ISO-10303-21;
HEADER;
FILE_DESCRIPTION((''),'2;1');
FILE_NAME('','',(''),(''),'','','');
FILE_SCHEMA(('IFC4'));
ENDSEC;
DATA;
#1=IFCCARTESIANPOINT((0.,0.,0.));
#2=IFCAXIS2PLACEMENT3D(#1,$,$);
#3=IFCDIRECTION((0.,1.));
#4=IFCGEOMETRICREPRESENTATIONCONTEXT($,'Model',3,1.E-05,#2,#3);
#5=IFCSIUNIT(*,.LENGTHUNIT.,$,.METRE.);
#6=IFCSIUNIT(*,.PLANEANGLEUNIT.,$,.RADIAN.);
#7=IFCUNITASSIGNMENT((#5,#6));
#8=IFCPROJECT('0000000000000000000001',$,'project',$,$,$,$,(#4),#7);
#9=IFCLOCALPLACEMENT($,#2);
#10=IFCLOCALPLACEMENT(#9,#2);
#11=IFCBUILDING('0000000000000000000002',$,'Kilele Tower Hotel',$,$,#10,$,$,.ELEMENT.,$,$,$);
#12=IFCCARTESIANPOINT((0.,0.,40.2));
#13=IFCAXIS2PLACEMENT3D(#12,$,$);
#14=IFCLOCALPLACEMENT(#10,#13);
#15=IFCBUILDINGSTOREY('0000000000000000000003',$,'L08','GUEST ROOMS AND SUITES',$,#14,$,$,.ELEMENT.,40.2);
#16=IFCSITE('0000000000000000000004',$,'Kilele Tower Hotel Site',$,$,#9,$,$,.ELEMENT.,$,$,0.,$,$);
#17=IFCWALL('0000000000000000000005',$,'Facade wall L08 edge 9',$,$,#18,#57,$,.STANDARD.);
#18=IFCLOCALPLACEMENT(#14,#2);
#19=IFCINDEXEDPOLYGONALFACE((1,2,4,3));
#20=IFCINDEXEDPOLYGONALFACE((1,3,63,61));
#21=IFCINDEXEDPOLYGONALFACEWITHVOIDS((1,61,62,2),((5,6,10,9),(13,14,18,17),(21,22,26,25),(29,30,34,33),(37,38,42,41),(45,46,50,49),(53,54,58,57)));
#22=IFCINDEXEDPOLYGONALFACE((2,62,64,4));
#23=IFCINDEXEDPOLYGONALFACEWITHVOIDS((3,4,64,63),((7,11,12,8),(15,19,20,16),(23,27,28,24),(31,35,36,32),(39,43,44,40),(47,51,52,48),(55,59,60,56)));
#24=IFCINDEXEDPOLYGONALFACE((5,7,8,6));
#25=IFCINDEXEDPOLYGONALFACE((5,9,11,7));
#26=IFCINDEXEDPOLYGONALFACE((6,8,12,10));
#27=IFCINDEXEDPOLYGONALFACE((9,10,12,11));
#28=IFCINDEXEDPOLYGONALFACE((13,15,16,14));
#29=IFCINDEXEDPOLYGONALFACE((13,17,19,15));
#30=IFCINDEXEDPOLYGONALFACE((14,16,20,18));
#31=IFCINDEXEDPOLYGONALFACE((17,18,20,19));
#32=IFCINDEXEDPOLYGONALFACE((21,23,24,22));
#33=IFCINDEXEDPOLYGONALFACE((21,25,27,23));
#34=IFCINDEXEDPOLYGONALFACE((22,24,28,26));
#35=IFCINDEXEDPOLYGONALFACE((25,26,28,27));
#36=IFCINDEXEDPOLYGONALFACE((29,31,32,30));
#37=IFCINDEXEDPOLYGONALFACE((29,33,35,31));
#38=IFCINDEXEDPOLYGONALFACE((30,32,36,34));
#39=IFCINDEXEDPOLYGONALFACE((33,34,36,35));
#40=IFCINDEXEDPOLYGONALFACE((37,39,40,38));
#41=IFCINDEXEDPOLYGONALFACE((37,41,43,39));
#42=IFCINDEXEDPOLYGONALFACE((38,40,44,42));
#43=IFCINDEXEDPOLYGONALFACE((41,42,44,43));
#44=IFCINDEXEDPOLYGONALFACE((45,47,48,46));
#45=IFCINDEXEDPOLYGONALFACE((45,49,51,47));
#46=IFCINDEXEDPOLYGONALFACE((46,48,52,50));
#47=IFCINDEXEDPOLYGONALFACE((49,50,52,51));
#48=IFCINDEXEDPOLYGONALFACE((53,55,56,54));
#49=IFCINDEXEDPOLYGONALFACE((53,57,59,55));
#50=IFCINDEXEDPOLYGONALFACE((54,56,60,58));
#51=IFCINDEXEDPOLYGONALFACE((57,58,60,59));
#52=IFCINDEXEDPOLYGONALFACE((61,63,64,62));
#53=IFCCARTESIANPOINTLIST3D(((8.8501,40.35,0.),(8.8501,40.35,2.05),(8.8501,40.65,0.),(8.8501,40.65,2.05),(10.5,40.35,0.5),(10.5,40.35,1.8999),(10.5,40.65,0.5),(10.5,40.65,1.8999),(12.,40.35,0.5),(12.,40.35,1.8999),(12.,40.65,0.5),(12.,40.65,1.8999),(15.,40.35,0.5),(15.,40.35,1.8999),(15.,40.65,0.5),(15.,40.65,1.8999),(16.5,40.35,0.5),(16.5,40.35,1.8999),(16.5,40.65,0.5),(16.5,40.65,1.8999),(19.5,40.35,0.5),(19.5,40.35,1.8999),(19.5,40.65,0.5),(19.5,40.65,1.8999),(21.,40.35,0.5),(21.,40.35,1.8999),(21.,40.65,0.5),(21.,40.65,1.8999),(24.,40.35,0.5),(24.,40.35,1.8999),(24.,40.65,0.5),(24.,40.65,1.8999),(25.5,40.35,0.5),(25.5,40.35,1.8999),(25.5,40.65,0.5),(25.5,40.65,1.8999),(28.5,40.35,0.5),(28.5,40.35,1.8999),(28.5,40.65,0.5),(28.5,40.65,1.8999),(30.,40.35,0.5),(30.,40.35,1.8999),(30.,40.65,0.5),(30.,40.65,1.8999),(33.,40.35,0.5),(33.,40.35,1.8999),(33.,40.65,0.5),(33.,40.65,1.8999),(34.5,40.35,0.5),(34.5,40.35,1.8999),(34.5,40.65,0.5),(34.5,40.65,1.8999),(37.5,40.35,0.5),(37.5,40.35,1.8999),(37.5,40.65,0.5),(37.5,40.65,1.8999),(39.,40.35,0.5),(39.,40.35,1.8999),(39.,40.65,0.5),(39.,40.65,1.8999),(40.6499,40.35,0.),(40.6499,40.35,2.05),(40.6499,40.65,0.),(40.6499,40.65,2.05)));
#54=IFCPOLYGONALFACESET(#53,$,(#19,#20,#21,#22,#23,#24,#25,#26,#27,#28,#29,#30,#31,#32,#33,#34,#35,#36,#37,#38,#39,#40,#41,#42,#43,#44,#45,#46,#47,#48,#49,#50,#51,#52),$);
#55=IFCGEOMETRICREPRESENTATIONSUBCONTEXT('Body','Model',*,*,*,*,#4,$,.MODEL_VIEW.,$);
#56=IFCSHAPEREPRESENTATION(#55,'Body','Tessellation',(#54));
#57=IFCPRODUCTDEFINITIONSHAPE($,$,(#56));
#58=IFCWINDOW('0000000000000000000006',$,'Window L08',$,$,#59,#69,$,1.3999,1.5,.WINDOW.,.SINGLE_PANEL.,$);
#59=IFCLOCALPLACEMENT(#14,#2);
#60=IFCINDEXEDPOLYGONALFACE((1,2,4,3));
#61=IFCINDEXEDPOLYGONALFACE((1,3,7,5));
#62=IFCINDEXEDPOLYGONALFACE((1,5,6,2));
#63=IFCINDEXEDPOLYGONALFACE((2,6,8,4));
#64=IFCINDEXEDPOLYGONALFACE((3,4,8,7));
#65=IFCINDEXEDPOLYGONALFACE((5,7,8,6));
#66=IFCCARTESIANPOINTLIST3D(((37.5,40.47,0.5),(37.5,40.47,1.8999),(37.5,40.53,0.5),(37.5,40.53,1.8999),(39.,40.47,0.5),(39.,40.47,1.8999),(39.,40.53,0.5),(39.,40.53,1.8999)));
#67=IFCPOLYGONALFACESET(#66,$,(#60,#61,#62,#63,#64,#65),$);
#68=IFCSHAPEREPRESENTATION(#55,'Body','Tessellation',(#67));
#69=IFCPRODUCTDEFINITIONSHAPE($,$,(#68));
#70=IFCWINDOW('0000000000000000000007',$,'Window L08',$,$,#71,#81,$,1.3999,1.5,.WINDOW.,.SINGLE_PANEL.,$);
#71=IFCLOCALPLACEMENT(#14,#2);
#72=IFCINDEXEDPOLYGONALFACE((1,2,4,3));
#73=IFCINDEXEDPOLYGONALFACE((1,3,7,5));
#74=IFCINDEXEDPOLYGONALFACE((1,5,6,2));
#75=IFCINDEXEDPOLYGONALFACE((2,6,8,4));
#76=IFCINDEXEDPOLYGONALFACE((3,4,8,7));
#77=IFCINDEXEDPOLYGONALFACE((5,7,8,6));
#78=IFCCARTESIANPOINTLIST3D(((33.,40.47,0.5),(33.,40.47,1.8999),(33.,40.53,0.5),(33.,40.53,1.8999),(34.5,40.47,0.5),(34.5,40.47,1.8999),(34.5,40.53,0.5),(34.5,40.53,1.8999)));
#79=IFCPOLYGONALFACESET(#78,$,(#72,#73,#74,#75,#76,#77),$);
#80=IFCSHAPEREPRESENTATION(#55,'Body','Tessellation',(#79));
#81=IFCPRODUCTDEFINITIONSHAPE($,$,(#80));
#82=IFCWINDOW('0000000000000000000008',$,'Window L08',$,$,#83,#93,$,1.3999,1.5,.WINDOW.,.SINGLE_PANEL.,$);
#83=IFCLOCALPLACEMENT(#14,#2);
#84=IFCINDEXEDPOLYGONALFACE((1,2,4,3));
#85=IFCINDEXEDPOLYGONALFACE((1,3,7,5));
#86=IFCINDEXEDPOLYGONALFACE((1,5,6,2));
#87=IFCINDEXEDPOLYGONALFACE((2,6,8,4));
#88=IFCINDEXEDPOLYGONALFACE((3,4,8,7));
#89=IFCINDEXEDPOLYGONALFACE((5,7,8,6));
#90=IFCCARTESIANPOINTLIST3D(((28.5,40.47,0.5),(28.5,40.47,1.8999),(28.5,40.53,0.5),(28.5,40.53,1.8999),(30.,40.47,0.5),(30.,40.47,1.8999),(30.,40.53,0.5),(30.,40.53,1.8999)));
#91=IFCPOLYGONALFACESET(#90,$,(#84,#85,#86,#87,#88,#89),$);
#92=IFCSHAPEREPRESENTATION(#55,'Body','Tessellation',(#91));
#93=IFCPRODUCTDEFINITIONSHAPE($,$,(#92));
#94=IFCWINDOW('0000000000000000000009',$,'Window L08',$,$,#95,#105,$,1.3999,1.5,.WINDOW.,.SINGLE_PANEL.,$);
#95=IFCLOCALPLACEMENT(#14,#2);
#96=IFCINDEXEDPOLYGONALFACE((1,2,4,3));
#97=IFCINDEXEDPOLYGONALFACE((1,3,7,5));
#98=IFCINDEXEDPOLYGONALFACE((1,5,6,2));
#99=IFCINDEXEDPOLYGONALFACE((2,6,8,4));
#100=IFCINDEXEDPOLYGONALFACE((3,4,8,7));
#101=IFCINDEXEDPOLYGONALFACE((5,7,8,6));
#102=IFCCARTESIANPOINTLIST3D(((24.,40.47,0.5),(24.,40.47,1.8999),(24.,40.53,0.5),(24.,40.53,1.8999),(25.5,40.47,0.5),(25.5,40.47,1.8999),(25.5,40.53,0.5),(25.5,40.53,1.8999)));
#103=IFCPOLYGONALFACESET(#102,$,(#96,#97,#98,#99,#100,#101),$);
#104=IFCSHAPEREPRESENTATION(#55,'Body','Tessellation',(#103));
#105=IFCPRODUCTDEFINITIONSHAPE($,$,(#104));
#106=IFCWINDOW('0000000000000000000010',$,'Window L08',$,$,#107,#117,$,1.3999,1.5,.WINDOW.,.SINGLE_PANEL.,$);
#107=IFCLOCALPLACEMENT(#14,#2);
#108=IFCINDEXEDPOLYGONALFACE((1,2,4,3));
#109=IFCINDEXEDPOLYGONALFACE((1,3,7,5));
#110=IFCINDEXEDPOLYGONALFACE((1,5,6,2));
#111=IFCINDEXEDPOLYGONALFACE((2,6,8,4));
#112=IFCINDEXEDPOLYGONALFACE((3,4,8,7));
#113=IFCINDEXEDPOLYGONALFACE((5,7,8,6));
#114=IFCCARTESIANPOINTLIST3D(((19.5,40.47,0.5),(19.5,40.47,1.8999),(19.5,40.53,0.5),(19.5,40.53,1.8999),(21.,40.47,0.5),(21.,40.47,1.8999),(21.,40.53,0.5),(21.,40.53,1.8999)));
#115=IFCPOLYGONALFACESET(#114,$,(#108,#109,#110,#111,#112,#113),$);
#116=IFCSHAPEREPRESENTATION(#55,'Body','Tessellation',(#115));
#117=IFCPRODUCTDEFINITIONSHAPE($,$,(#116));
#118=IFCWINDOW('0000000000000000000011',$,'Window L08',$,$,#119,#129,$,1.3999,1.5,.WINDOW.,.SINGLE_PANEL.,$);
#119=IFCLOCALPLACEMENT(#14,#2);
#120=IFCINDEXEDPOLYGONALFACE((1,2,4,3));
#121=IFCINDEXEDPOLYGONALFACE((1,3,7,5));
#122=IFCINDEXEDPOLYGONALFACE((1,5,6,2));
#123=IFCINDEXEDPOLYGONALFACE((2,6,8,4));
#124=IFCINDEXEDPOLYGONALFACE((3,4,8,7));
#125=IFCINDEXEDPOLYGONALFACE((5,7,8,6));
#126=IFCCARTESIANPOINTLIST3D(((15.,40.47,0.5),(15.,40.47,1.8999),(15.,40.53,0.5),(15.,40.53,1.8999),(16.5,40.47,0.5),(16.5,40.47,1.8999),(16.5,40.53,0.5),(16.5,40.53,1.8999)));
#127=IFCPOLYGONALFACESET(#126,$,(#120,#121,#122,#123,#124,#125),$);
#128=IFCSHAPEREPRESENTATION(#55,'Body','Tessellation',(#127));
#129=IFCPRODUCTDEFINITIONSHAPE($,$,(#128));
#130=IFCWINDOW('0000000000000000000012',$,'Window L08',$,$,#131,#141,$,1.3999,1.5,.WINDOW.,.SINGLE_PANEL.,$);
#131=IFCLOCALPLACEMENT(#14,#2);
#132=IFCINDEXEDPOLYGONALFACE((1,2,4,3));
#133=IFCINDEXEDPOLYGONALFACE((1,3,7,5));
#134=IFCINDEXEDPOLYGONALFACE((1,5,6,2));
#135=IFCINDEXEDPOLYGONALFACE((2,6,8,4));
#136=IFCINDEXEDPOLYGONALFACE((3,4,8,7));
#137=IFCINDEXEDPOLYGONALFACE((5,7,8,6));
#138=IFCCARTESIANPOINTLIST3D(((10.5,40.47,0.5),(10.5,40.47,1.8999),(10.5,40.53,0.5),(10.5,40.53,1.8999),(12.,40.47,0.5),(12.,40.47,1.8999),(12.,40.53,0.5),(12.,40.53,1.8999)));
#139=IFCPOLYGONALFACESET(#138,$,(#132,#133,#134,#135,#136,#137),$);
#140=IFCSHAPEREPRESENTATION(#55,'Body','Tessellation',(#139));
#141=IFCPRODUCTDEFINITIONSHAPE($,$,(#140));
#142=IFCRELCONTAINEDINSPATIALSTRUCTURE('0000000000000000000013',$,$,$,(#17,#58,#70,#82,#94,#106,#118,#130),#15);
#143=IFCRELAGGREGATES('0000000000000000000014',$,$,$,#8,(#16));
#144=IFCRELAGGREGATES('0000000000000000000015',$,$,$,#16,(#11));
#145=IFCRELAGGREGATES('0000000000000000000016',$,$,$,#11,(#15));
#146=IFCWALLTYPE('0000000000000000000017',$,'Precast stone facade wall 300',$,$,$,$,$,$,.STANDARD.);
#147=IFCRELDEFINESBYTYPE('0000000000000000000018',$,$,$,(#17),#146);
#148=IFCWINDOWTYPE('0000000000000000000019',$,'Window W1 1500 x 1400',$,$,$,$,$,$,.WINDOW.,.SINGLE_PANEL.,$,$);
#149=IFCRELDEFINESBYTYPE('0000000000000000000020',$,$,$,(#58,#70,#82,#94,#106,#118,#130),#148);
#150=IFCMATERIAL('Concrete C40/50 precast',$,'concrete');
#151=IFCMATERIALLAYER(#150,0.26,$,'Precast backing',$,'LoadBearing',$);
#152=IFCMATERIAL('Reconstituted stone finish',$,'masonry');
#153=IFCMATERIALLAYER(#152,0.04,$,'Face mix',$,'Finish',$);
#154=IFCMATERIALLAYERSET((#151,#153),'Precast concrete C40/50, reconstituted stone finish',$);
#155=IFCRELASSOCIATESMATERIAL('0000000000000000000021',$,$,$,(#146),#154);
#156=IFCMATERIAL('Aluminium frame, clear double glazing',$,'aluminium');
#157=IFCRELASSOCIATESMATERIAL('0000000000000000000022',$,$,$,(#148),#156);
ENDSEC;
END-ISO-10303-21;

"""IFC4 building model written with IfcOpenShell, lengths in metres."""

from ifc_helpers import new_model, si_unit, direction, frame, frame_2d, origin, place, context, subcontext, project, spatial, rectangle, extrude, material, layer, layer_set, type_object, element, fill, save


model = new_model("IFC4")

# Units and contexts
model_context = context("Model", 3, precision=1e-05, world=origin(), true_north=direction((0.0, 1.0)))
body_context = subcontext(model_context, "Body", "Model", "MODEL_VIEW")
ifc_project = project(units=[si_unit("LENGTHUNIT", "METRE"), si_unit("PLANEANGLEUNIT", "RADIAN")], contexts=[model_context])

# Site, building, storey
site_placement = place(None, origin())
site = spatial("IfcSite", under=ifc_project, at=site_placement, Name="Kilele Tower Hotel Site", CompositionType="ELEMENT", RefElevation=0.0)
building_placement = place(site_placement, origin())
building = spatial("IfcBuilding", under=site, at=building_placement, Name="Kilele Tower Hotel", CompositionType="ELEMENT")
storey_placement = place(building_placement, frame((0.0, 0.0, 40.2)))
storey = spatial("IfcBuildingStorey", under=building, at=storey_placement, Name="L08", Description="GUEST ROOMS AND SUITES", CompositionType="ELEMENT", Elevation=40.2)

# Shared definitions
ifc_material_1 = material(Name="Concrete C40/50 precast", Category="concrete")
ifc_layer_1 = layer(ifc_material_1, 0.26, Name="Precast backing", Category="LoadBearing")
ifc_material_2 = material(Name="Reconstituted stone finish", Category="masonry")
ifc_layer_2 = layer(ifc_material_2, 0.04, Name="Face mix", Category="Finish")
ifc_layer_set_1 = layer_set([ifc_layer_1, ifc_layer_2], Name="Precast concrete C40/50, reconstituted stone finish")
wall_type_1 = type_object("IfcWallType", Name="Precast stone facade wall 300", PredefinedType="STANDARD", material=ifc_layer_set_1)
ifc_material_3 = material(Name="Aluminium frame, clear double glazing", Category="aluminium")
window_type_1 = type_object("IfcWindowType", Name="Window W1 1500 x 1400", PartitioningType="SINGLE_PANEL", PredefinedType="WINDOW", material=ifc_material_3)

# Wall, openings, windows
wall_1_placement = place(storey_placement, frame((40.6499, 40.5, 0.0), z_axis=(0.0, 0.0, 1.0), x_axis=(-1.0, 0.0, 0.0)))
wall_1 = element("IfcWall", 1, at=wall_1_placement, inside=storey, type_object=wall_type_1, Name="Facade wall L08 edge 9", PredefinedType="STANDARD", context=body_context, shape_type="SweptSolid", body=[
    extrude(rectangle(XDim=31.7998, YDim=0.3, at=frame_2d((15.8999, 0.0))), origin(), (0.0, 0.0, 1.0), 2.05),
])
opening_1_placement = place(wall_1_placement, frame((1.6499, 0.0, 0.5)))
opening_1 = element("IfcOpeningElement", 2, at=opening_1_placement, cuts=wall_1, PredefinedType="OPENING", context=body_context, shape_type="SweptSolid", body=[
    extrude(rectangle(XDim=1.5, YDim=1.3999, at=frame_2d((0.75, 0.7))), frame((0.0, 0.1599, 0.0), z_axis=(0.0, -1.0, 0.0), x_axis=(1.0, 0.0, 0.0)), (0.0, 0.0, 1.0), 0.3201),
])
opening_2_placement = place(wall_1_placement, frame((6.1499, 0.0, 0.5)))
opening_2 = element("IfcOpeningElement", 3, at=opening_2_placement, cuts=wall_1, PredefinedType="OPENING", context=body_context, shape_type="SweptSolid", body=[
    extrude(rectangle(XDim=1.5, YDim=1.3999, at=frame_2d((0.75, 0.7))), frame((0.0, 0.1599, 0.0), z_axis=(0.0, -1.0, 0.0), x_axis=(1.0, 0.0, 0.0)), (0.0, 0.0, 1.0), 0.3201),
])
opening_3_placement = place(wall_1_placement, frame((10.6499, 0.0, 0.5)))
opening_3 = element("IfcOpeningElement", 4, at=opening_3_placement, cuts=wall_1, PredefinedType="OPENING", context=body_context, shape_type="SweptSolid", body=[
    extrude(rectangle(XDim=1.5, YDim=1.3999, at=frame_2d((0.75, 0.7))), frame((0.0, 0.1599, 0.0), z_axis=(0.0, -1.0, 0.0), x_axis=(1.0, 0.0, 0.0)), (0.0, 0.0, 1.0), 0.3201),
])
opening_4_placement = place(wall_1_placement, frame((15.1499, 0.0, 0.5)))
opening_4 = element("IfcOpeningElement", 5, at=opening_4_placement, cuts=wall_1, PredefinedType="OPENING", context=body_context, shape_type="SweptSolid", body=[
    extrude(rectangle(XDim=1.5, YDim=1.3999, at=frame_2d((0.75, 0.7))), frame((0.0, 0.1599, 0.0), z_axis=(0.0, -1.0, 0.0), x_axis=(1.0, 0.0, 0.0)), (0.0, 0.0, 1.0), 0.3201),
])
opening_5_placement = place(wall_1_placement, frame((19.6499, 0.0, 0.5)))
opening_5 = element("IfcOpeningElement", 6, at=opening_5_placement, cuts=wall_1, PredefinedType="OPENING", context=body_context, shape_type="SweptSolid", body=[
    extrude(rectangle(XDim=1.5, YDim=1.3999, at=frame_2d((0.75, 0.7))), frame((0.0, 0.1599, 0.0), z_axis=(0.0, -1.0, 0.0), x_axis=(1.0, 0.0, 0.0)), (0.0, 0.0, 1.0), 0.3201),
])
opening_6_placement = place(wall_1_placement, frame((24.1499, 0.0, 0.5)))
opening_6 = element("IfcOpeningElement", 7, at=opening_6_placement, cuts=wall_1, PredefinedType="OPENING", context=body_context, shape_type="SweptSolid", body=[
    extrude(rectangle(XDim=1.5, YDim=1.3999, at=frame_2d((0.75, 0.7))), frame((0.0, 0.1599, 0.0), z_axis=(0.0, -1.0, 0.0), x_axis=(1.0, 0.0, 0.0)), (0.0, 0.0, 1.0), 0.3201),
])
opening_7_placement = place(wall_1_placement, frame((28.6499, 0.0, 0.5)))
opening_7 = element("IfcOpeningElement", 8, at=opening_7_placement, cuts=wall_1, PredefinedType="OPENING", context=body_context, shape_type="SweptSolid", body=[
    extrude(rectangle(XDim=1.5, YDim=1.3999, at=frame_2d((0.75, 0.7))), frame((0.0, 0.1599, 0.0), z_axis=(0.0, -1.0, 0.0), x_axis=(1.0, 0.0, 0.0)), (0.0, 0.0, 1.0), 0.3201),
])
window_1_placement = place(opening_1_placement, origin())
window_1 = element("IfcWindow", 9, at=window_1_placement, inside=storey, type_object=window_type_1, Name="Window L08", OverallHeight=1.3999, OverallWidth=1.5, PartitioningType="SINGLE_PANEL", PredefinedType="WINDOW", context=body_context, shape_type="SweptSolid", body=[
    extrude(rectangle(XDim=1.5, YDim=1.3999, at=frame_2d((0.75, 0.7))), frame((0.0, 0.03, 0.0), z_axis=(0.0, -1.0, 0.0), x_axis=(1.0, 0.0, 0.0)), (0.0, 0.0, 1.0), 0.0601),
])
fill(opening_1, window_1)
window_2_placement = place(opening_2_placement, origin())
window_2 = element("IfcWindow", 10, at=window_2_placement, inside=storey, type_object=window_type_1, Name="Window L08", OverallHeight=1.3999, OverallWidth=1.5, PartitioningType="SINGLE_PANEL", PredefinedType="WINDOW", context=body_context, shape_type="SweptSolid", body=[
    extrude(rectangle(XDim=1.5, YDim=1.3999, at=frame_2d((0.75, 0.7))), frame((0.0, 0.03, 0.0), z_axis=(0.0, -1.0, 0.0), x_axis=(1.0, 0.0, 0.0)), (0.0, 0.0, 1.0), 0.0601),
])
fill(opening_2, window_2)
window_3_placement = place(opening_3_placement, origin())
window_3 = element("IfcWindow", 11, at=window_3_placement, inside=storey, type_object=window_type_1, Name="Window L08", OverallHeight=1.3999, OverallWidth=1.5, PartitioningType="SINGLE_PANEL", PredefinedType="WINDOW", context=body_context, shape_type="SweptSolid", body=[
    extrude(rectangle(XDim=1.5, YDim=1.3999, at=frame_2d((0.75, 0.7))), frame((0.0, 0.03, 0.0), z_axis=(0.0, -1.0, 0.0), x_axis=(1.0, 0.0, 0.0)), (0.0, 0.0, 1.0), 0.0601),
])
fill(opening_3, window_3)
window_4_placement = place(opening_4_placement, origin())
window_4 = element("IfcWindow", 12, at=window_4_placement, inside=storey, type_object=window_type_1, Name="Window L08", OverallHeight=1.3999, OverallWidth=1.5, PartitioningType="SINGLE_PANEL", PredefinedType="WINDOW", context=body_context, shape_type="SweptSolid", body=[
    extrude(rectangle(XDim=1.5, YDim=1.3999, at=frame_2d((0.75, 0.7))), frame((0.0, 0.03, 0.0), z_axis=(0.0, -1.0, 0.0), x_axis=(1.0, 0.0, 0.0)), (0.0, 0.0, 1.0), 0.0601),
])
fill(opening_4, window_4)
window_5_placement = place(opening_5_placement, origin())
window_5 = element("IfcWindow", 13, at=window_5_placement, inside=storey, type_object=window_type_1, Name="Window L08", OverallHeight=1.3999, OverallWidth=1.5, PartitioningType="SINGLE_PANEL", PredefinedType="WINDOW", context=body_context, shape_type="SweptSolid", body=[
    extrude(rectangle(XDim=1.5, YDim=1.3999, at=frame_2d((0.75, 0.7))), frame((0.0, 0.03, 0.0), z_axis=(0.0, -1.0, 0.0), x_axis=(1.0, 0.0, 0.0)), (0.0, 0.0, 1.0), 0.0601),
])
fill(opening_5, window_5)
window_6_placement = place(opening_6_placement, origin())
window_6 = element("IfcWindow", 14, at=window_6_placement, inside=storey, type_object=window_type_1, Name="Window L08", OverallHeight=1.3999, OverallWidth=1.5, PartitioningType="SINGLE_PANEL", PredefinedType="WINDOW", context=body_context, shape_type="SweptSolid", body=[
    extrude(rectangle(XDim=1.5, YDim=1.3999, at=frame_2d((0.75, 0.7))), frame((0.0, 0.03, 0.0), z_axis=(0.0, -1.0, 0.0), x_axis=(1.0, 0.0, 0.0)), (0.0, 0.0, 1.0), 0.0601),
])
fill(opening_6, window_6)
window_7_placement = place(opening_7_placement, origin())
window_7 = element("IfcWindow", 15, at=window_7_placement, inside=storey, type_object=window_type_1, Name="Window L08", OverallHeight=1.3999, OverallWidth=1.5, PartitioningType="SINGLE_PANEL", PredefinedType="WINDOW", context=body_context, shape_type="SweptSolid", body=[
    extrude(rectangle(XDim=1.5, YDim=1.3999, at=frame_2d((0.75, 0.7))), frame((0.0, 0.03, 0.0), z_axis=(0.0, -1.0, 0.0), x_axis=(1.0, 0.0, 0.0)), (0.0, 0.0, 1.0), 0.0601),
])
fill(opening_7, window_7)

save(model, "model.ifc")
